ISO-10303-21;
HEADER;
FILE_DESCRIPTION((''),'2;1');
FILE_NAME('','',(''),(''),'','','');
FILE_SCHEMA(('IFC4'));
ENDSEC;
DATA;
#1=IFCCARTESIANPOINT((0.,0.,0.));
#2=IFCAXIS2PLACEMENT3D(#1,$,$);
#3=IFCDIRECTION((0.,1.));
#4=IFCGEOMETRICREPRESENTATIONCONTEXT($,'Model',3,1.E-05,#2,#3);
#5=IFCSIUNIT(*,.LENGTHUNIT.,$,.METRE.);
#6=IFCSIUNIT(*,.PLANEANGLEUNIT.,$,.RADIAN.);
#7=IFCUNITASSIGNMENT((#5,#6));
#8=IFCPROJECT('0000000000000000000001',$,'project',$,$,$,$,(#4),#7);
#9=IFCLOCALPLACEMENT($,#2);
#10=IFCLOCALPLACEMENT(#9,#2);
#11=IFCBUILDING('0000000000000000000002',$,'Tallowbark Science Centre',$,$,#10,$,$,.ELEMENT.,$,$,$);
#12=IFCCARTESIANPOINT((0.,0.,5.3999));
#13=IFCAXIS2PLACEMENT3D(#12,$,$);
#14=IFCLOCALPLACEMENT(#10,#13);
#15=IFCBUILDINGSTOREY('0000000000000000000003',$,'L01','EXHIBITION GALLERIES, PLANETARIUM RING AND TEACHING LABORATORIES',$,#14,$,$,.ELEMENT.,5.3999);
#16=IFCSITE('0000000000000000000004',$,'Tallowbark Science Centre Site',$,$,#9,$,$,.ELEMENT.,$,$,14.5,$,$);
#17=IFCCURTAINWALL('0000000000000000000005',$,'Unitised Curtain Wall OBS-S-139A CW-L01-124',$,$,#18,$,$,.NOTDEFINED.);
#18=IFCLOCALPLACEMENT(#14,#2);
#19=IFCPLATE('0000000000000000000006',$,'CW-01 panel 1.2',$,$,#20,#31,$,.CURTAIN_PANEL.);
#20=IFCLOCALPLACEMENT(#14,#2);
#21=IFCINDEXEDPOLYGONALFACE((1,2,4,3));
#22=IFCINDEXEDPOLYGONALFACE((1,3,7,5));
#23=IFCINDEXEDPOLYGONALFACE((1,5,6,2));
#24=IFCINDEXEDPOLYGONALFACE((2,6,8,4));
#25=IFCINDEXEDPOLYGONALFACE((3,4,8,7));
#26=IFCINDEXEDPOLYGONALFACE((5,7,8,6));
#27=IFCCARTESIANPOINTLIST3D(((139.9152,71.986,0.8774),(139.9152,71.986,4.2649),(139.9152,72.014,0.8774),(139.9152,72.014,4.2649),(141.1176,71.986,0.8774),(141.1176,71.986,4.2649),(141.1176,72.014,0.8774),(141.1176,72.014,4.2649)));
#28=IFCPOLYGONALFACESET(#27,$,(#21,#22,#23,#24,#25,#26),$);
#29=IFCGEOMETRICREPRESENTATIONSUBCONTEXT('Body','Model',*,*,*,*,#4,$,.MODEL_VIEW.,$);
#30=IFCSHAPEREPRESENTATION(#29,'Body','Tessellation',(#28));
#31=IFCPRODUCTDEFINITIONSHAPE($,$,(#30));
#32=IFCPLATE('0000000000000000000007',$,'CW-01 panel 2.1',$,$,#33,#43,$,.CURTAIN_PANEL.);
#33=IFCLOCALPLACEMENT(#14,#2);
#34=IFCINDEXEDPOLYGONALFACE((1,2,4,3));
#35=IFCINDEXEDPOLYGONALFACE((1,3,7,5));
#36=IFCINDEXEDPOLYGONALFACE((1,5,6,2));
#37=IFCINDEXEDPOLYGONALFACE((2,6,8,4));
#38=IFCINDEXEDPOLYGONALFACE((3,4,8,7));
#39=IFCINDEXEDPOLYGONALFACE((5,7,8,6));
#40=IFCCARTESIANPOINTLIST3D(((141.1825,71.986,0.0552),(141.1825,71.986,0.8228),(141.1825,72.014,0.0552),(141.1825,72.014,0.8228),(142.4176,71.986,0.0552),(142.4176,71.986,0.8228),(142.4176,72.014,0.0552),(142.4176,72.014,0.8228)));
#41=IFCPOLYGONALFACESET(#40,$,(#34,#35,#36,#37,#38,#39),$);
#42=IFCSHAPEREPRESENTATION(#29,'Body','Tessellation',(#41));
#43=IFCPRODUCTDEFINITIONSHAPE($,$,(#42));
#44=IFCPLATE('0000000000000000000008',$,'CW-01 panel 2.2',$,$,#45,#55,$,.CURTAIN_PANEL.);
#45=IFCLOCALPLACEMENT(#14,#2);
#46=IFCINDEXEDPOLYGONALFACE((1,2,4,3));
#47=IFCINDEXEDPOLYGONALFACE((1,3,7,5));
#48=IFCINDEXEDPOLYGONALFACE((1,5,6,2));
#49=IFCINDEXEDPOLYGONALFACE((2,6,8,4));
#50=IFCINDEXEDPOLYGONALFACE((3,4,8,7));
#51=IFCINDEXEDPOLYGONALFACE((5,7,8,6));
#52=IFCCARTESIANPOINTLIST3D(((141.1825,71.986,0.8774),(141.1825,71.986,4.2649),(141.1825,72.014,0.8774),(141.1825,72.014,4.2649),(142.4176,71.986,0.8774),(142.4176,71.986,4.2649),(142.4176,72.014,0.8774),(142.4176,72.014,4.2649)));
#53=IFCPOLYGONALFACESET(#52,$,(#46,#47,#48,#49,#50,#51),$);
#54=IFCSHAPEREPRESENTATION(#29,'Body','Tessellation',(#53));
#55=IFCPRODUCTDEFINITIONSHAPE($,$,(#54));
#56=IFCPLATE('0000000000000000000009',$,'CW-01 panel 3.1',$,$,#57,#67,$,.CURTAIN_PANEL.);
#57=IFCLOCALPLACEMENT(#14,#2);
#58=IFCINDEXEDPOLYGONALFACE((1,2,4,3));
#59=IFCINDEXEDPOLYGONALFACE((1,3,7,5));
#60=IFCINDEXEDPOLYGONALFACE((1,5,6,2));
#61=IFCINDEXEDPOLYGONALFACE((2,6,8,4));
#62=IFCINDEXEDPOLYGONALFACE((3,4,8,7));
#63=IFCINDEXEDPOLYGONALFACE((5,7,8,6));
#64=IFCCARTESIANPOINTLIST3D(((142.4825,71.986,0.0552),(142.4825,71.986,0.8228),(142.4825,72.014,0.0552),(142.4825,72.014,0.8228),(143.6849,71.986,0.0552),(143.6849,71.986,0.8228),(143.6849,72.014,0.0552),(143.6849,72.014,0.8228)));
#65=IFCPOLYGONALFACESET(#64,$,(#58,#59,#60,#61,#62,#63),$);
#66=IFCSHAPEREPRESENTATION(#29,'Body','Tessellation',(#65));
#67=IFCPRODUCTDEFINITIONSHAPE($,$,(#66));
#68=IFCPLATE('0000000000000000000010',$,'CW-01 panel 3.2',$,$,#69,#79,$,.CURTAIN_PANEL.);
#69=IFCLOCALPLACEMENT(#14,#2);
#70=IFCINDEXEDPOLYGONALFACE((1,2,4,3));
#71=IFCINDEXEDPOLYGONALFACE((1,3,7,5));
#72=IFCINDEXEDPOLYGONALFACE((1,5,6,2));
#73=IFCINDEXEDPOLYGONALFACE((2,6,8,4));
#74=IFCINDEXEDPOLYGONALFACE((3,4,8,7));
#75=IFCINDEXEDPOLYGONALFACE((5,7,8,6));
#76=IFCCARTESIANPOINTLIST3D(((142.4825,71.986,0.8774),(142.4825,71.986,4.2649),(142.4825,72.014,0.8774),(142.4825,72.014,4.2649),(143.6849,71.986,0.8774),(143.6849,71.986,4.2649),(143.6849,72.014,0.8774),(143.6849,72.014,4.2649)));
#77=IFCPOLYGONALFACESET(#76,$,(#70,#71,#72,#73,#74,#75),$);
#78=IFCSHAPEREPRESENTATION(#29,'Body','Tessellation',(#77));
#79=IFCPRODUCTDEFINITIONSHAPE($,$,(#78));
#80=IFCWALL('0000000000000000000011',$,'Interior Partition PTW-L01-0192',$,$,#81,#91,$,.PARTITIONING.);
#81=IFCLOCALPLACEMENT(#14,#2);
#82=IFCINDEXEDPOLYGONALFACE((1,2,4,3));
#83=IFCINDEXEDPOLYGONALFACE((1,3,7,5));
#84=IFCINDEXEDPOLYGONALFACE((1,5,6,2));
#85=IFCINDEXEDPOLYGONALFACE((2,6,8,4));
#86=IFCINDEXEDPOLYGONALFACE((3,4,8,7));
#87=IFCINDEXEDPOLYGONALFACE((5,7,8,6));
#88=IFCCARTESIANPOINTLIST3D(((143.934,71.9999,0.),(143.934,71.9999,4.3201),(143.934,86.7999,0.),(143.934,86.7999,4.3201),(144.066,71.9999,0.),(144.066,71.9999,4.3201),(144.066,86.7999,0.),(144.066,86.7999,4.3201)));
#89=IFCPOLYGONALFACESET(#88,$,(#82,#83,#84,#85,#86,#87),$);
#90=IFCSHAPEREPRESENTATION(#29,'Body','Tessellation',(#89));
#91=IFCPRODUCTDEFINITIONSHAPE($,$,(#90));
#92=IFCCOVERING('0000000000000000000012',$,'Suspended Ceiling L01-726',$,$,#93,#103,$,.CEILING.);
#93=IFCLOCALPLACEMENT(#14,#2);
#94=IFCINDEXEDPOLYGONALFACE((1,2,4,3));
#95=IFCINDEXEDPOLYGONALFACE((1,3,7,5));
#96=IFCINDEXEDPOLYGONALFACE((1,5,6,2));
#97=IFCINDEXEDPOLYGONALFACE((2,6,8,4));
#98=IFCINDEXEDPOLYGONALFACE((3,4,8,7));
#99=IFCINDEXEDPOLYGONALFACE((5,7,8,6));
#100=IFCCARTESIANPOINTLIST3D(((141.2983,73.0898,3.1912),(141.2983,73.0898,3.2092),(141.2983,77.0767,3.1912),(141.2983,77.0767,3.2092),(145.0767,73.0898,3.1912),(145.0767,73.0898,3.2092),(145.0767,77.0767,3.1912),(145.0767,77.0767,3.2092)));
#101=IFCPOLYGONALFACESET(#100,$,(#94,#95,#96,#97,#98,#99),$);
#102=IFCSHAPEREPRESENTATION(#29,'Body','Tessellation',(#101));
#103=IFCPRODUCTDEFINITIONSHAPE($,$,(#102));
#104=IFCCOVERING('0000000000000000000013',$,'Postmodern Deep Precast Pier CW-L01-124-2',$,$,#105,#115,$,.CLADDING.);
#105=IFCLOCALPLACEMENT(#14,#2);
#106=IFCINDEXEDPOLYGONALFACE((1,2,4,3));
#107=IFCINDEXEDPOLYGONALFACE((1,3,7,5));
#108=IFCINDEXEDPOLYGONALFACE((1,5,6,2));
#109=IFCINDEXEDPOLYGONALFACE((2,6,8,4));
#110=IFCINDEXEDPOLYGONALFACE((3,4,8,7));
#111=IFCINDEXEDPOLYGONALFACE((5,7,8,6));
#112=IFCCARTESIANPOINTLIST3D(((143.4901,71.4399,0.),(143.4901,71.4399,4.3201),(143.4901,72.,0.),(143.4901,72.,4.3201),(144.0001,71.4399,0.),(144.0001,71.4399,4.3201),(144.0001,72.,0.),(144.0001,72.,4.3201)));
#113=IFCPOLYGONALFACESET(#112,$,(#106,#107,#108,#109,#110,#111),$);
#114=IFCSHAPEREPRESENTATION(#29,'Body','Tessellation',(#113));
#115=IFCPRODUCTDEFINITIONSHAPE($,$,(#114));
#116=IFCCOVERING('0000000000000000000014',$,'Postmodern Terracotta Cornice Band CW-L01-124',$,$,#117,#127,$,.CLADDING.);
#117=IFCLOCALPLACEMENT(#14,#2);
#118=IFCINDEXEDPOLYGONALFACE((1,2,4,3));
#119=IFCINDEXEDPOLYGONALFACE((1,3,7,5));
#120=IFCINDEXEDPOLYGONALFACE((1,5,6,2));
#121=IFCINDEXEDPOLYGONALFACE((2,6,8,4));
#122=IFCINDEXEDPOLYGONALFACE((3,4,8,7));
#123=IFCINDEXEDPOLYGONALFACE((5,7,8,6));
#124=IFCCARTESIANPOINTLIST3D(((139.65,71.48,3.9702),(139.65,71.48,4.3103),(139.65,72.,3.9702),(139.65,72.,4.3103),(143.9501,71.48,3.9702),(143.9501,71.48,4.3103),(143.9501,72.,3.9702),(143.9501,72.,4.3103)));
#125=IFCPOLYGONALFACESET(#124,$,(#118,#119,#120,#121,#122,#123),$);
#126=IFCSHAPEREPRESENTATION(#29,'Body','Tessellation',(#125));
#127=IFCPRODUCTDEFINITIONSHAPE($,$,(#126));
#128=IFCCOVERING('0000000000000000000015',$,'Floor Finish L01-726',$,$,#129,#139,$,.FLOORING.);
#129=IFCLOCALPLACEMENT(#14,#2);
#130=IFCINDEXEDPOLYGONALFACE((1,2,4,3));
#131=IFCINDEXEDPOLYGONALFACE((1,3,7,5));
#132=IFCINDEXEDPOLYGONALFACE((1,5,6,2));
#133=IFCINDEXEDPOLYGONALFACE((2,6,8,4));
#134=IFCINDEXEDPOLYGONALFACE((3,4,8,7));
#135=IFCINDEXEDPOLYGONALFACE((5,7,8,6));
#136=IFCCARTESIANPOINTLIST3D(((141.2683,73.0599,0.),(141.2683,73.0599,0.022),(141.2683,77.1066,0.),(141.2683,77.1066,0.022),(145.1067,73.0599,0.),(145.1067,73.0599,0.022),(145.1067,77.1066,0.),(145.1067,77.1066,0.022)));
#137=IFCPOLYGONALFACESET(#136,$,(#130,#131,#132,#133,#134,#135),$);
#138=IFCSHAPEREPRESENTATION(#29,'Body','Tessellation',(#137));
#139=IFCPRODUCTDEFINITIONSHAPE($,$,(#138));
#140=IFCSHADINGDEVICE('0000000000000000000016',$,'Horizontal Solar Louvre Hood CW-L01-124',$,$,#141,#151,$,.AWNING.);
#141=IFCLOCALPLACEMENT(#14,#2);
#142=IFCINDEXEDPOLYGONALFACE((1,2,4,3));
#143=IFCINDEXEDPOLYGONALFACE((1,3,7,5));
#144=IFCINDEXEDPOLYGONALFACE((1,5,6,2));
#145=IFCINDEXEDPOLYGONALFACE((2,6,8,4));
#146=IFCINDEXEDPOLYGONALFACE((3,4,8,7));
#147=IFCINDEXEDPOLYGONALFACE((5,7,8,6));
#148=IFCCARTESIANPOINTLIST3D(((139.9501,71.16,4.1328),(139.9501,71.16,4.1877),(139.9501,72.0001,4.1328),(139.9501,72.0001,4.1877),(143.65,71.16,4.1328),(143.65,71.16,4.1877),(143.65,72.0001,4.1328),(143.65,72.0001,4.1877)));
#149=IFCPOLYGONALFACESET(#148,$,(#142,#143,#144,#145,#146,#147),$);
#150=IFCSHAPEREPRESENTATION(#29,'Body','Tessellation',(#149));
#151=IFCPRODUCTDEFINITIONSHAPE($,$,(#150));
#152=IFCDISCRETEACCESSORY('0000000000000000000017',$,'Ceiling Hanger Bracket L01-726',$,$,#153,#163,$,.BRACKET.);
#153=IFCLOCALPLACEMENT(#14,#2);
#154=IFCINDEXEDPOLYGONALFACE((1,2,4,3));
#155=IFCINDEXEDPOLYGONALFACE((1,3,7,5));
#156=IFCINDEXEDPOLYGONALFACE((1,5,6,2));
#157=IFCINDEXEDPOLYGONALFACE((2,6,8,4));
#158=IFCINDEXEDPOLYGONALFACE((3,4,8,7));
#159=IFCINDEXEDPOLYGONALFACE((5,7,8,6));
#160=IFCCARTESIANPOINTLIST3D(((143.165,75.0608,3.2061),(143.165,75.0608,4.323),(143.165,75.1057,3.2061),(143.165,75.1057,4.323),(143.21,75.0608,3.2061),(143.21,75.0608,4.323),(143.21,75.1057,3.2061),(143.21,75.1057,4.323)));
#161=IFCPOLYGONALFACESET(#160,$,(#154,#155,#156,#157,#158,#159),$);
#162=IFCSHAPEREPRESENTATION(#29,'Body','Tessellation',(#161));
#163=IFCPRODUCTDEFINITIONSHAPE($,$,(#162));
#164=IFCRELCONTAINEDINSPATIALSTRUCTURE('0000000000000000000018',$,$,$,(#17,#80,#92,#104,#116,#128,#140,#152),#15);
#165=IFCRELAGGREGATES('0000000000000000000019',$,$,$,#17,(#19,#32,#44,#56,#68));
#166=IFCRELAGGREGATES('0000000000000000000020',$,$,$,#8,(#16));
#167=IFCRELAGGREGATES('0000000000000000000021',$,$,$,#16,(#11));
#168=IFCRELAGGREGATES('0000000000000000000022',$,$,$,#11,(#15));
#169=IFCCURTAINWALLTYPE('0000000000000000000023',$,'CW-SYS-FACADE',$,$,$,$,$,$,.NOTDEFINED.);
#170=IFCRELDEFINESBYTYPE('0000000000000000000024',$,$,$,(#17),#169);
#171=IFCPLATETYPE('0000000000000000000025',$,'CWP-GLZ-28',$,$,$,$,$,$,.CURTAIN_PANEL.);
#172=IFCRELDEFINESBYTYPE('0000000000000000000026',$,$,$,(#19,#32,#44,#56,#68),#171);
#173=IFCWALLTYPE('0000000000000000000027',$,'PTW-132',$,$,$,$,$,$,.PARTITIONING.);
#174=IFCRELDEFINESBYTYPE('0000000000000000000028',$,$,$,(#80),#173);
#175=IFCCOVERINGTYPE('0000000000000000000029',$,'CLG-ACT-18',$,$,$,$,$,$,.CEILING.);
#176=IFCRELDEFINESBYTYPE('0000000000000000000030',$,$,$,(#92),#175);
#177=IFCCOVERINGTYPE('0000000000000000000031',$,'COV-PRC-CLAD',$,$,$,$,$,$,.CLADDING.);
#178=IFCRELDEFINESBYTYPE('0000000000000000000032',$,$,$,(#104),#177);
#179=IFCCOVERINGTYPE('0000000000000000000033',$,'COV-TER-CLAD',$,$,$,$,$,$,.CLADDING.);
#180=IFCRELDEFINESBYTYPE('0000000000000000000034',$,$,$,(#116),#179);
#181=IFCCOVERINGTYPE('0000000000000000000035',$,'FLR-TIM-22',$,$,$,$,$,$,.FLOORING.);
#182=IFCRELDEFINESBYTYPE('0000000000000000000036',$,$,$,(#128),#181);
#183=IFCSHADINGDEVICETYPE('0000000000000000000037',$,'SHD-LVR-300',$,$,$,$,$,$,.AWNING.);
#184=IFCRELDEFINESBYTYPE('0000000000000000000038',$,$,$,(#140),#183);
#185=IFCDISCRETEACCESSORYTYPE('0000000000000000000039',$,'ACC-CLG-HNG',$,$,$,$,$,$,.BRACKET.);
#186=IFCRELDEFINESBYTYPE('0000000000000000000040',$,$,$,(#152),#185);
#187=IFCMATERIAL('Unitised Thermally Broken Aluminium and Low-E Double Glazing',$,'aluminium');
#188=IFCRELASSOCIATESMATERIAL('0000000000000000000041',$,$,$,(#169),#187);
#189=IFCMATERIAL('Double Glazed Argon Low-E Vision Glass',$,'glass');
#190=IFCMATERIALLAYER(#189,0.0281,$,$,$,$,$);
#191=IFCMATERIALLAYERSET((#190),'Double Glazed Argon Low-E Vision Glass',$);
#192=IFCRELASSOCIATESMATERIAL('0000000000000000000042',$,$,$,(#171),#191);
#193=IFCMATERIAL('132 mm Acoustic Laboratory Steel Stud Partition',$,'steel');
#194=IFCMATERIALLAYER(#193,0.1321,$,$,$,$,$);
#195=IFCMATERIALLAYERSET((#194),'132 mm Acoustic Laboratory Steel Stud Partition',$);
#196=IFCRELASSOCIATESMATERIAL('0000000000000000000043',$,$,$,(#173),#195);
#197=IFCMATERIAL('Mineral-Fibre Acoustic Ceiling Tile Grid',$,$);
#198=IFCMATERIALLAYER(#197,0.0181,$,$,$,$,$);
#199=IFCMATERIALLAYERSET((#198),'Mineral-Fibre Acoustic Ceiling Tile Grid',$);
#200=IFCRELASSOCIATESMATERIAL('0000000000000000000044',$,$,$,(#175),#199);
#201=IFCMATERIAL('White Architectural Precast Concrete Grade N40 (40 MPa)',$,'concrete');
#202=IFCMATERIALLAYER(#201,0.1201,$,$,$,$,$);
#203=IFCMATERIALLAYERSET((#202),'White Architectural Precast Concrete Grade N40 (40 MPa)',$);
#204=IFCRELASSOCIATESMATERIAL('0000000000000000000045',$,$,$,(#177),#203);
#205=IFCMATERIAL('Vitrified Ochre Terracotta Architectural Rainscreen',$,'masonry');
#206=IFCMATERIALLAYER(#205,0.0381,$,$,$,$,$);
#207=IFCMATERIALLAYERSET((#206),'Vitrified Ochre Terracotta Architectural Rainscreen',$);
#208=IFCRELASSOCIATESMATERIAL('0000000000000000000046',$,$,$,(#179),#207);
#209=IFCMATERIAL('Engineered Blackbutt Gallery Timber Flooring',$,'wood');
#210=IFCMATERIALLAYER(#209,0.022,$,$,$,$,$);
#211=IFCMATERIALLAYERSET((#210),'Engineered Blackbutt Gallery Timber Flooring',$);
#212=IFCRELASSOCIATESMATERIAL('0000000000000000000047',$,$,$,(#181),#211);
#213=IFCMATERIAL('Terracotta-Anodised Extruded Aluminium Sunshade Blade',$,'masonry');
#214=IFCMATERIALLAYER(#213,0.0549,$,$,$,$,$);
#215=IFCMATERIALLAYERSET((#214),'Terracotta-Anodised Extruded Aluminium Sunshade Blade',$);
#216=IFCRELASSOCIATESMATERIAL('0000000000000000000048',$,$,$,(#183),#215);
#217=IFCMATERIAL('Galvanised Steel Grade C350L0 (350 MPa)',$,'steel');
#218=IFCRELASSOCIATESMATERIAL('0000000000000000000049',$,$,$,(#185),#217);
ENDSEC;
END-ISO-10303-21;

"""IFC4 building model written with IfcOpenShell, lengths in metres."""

from ifc_helpers import new_model, si_unit, direction, frame, frame_2d, origin, origin_2d, place, context, subcontext, project, spatial, rectangle, extrude, material, layer, layer_set, type_object, element, aggregate, save


model = new_model("IFC4")

# Units and contexts
model_context = context("Model", 3, precision=1e-05, world=origin(), true_north=direction((0.0, 1.0)))
body_context = subcontext(model_context, "Body", "Model", "MODEL_VIEW")
ifc_project = project(units=[si_unit("LENGTHUNIT", "METRE"), si_unit("PLANEANGLEUNIT", "RADIAN")], contexts=[model_context])

# Site, building, storey
site_placement = place(None, origin())
site = spatial("IfcSite", under=ifc_project, at=site_placement, Name="Tallowbark Science Centre Site", CompositionType="ELEMENT", RefElevation=14.5)
building_placement = place(site_placement, origin())
building = spatial("IfcBuilding", under=site, at=building_placement, Name="Tallowbark Science Centre", CompositionType="ELEMENT")
storey_placement = place(building_placement, frame((0.0, 0.0, 5.3999)))
storey = spatial("IfcBuildingStorey", under=building, at=storey_placement, Name="L01", Description="EXHIBITION GALLERIES, PLANETARIUM RING AND TEACHING LABORATORIES", CompositionType="ELEMENT", Elevation=5.3999)

# Curtain wall, plates
ifc_material_1 = material(Name="Unitised Thermally Broken Aluminium and Low-E Double Glazing", Category="aluminium")
curtain_wall_type = type_object("IfcCurtainWallType", Name="CW-SYS-FACADE", PredefinedType="NOTDEFINED", material=ifc_material_1)
curtain_wall_placement = place(storey_placement, origin())
curtain_wall = element("IfcCurtainWall", 1, at=curtain_wall_placement, inside=storey, type_object=curtain_wall_type, Name="Unitised Curtain Wall OBS-S-139A CW-L01-124", PredefinedType="NOTDEFINED")
ifc_material_2 = material(Name="Double Glazed Argon Low-E Vision Glass", Category="glass")
ifc_layer_1 = layer(ifc_material_2, 0.0281)
ifc_layer_set_1 = layer_set([ifc_layer_1], Name="Double Glazed Argon Low-E Vision Glass")
plate_type = type_object("IfcPlateType", Name="CWP-GLZ-28", PredefinedType="CURTAIN_PANEL", material=ifc_layer_set_1)
plate_1_placement = place(storey_placement, frame((140.5164, 72.0, 0.8774), z_axis=(0.0, 0.0, 1.0), x_axis=(1.0, 0.0, 0.0)))
plate_1 = element("IfcPlate", 2, at=plate_1_placement, type_object=plate_type, Name="CW-01 panel 1.2", PredefinedType="CURTAIN_PANEL", context=body_context, shape_type="SweptSolid", body=[
    extrude(rectangle(XDim=1.2024, YDim=0.0281, at=origin_2d()), origin(), (0.0, 0.0, 1.0), 3.3875),
])
plate_2_placement = place(storey_placement, frame((141.8, 72.0, 0.0552), z_axis=(0.0, 0.0, 1.0), x_axis=(1.0, 0.0, 0.0)))
plate_2 = element("IfcPlate", 3, at=plate_2_placement, type_object=plate_type, Name="CW-01 panel 2.1", PredefinedType="CURTAIN_PANEL", context=body_context, shape_type="SweptSolid", body=[
    extrude(rectangle(XDim=1.2351, YDim=0.0281, at=origin_2d()), origin(), (0.0, 0.0, 1.0), 0.7676),
])
plate_3_placement = place(storey_placement, frame((141.8, 72.0, 0.8774), z_axis=(0.0, 0.0, 1.0), x_axis=(1.0, 0.0, 0.0)))
plate_3 = element("IfcPlate", 4, at=plate_3_placement, type_object=plate_type, Name="CW-01 panel 2.2", PredefinedType="CURTAIN_PANEL", context=body_context, shape_type="SweptSolid", body=[
    extrude(rectangle(XDim=1.2351, YDim=0.0281, at=origin_2d()), origin(), (0.0, 0.0, 1.0), 3.3875),
])
plate_4_placement = place(storey_placement, frame((143.0837, 72.0, 0.0552), z_axis=(0.0, 0.0, 1.0), x_axis=(1.0, 0.0, 0.0)))
plate_4 = element("IfcPlate", 5, at=plate_4_placement, type_object=plate_type, Name="CW-01 panel 3.1", PredefinedType="CURTAIN_PANEL", context=body_context, shape_type="SweptSolid", body=[
    extrude(rectangle(XDim=1.2024, YDim=0.0281, at=origin_2d()), origin(), (0.0, 0.0, 1.0), 0.7676),
])
plate_5_placement = place(storey_placement, frame((143.0837, 72.0, 0.8774), z_axis=(0.0, 0.0, 1.0), x_axis=(1.0, 0.0, 0.0)))
plate_5 = element("IfcPlate", 6, at=plate_5_placement, type_object=plate_type, Name="CW-01 panel 3.2", PredefinedType="CURTAIN_PANEL", context=body_context, shape_type="SweptSolid", body=[
    extrude(rectangle(XDim=1.2024, YDim=0.0281, at=origin_2d()), origin(), (0.0, 0.0, 1.0), 3.3875),
])
aggregate(curtain_wall, [plate_1, plate_2, plate_3, plate_4, plate_5])

# Wall
ifc_material_3 = material(Name="132 mm Acoustic Laboratory Steel Stud Partition", Category="steel")
ifc_layer_2 = layer(ifc_material_3, 0.1321)
ifc_layer_set_2 = layer_set([ifc_layer_2], Name="132 mm Acoustic Laboratory Steel Stud Partition")
wall_type = type_object("IfcWallType", Name="PTW-132", PredefinedType="PARTITIONING", material=ifc_layer_set_2)
wall_placement = place(storey_placement, frame((144.0, 72.0, 0.0), z_axis=(0.0, 0.0, 1.0), x_axis=(0.0, 1.0, 0.0)))
element("IfcWall", 7, at=wall_placement, inside=storey, type_object=wall_type, Name="Interior Partition PTW-L01-0192", PredefinedType="PARTITIONING", context=body_context, shape_type="SweptSolid", body=[
    extrude(rectangle(XDim=14.8, YDim=0.1321, at=frame_2d((7.3999, 0.0))), origin(), (0.0, 0.0, 1.0), 4.3201),
])

# Coverings
ifc_material_4 = material(Name="Mineral-Fibre Acoustic Ceiling Tile Grid")
ifc_layer_3 = layer(ifc_material_4, 0.0181)
ifc_layer_set_3 = layer_set([ifc_layer_3], Name="Mineral-Fibre Acoustic Ceiling Tile Grid")
covering_type_1 = type_object("IfcCoveringType", Name="CLG-ACT-18", PredefinedType="CEILING", material=ifc_layer_set_3)
covering_1_placement = place(storey_placement, frame((143.1875, 75.0833, 3.1912), z_axis=(0.0, 0.0, 1.0), x_axis=(1.0, 0.0, 0.0)))
element("IfcCovering", 8, at=covering_1_placement, inside=storey, type_object=covering_type_1, Name="Suspended Ceiling L01-726", PredefinedType="CEILING", context=body_context, shape_type="SweptSolid", body=[
    extrude(rectangle(XDim=3.7783, YDim=3.9868, at=origin_2d()), origin(), (0.0, 0.0, 1.0), 0.0181),
])
ifc_material_5 = material(Name="White Architectural Precast Concrete Grade N40 (40 MPa)", Category="concrete")
ifc_layer_4 = layer(ifc_material_5, 0.1201)
ifc_layer_set_4 = layer_set([ifc_layer_4], Name="White Architectural Precast Concrete Grade N40 (40 MPa)")
covering_type_2 = type_object("IfcCoveringType", Name="COV-PRC-CLAD", PredefinedType="CLADDING", material=ifc_layer_set_4)
covering_2_placement = place(storey_placement, frame((143.7451, 71.72, 0.0), z_axis=(0.0, 0.0, 1.0), x_axis=(1.0, 0.0, 0.0)))
element("IfcCovering", 9, at=covering_2_placement, inside=storey, type_object=covering_type_2, Name="Postmodern Deep Precast Pier CW-L01-124-2", PredefinedType="CLADDING", context=body_context, shape_type="SweptSolid", body=[
    extrude(rectangle(XDim=0.51, YDim=0.5601, at=origin_2d()), origin(), (0.0, 0.0, 1.0), 4.3201),
])
ifc_material_6 = material(Name="Vitrified Ochre Terracotta Architectural Rainscreen", Category="masonry")
ifc_layer_5 = layer(ifc_material_6, 0.0381)
ifc_layer_set_5 = layer_set([ifc_layer_5], Name="Vitrified Ochre Terracotta Architectural Rainscreen")
covering_type_3 = type_object("IfcCoveringType", Name="COV-TER-CLAD", PredefinedType="CLADDING", material=ifc_layer_set_5)
covering_3_placement = place(storey_placement, frame((141.8, 71.74, 3.9702), z_axis=(0.0, 0.0, 1.0), x_axis=(1.0, 0.0, 0.0)))
element("IfcCovering", 10, at=covering_3_placement, inside=storey, type_object=covering_type_3, Name="Postmodern Terracotta Cornice Band CW-L01-124", PredefinedType="CLADDING", context=body_context, shape_type="SweptSolid", body=[
    extrude(rectangle(XDim=4.3, YDim=0.52, at=origin_2d()), origin(), (0.0, 0.0, 1.0), 0.3401),
])
ifc_material_7 = material(Name="Engineered Blackbutt Gallery Timber Flooring", Category="wood")
ifc_layer_6 = layer(ifc_material_7, 0.022)
ifc_layer_set_6 = layer_set([ifc_layer_6], Name="Engineered Blackbutt Gallery Timber Flooring")
covering_type_4 = type_object("IfcCoveringType", Name="FLR-TIM-22", PredefinedType="FLOORING", material=ifc_layer_set_6)
covering_4_placement = place(storey_placement, frame((143.1875, 75.0833, 0.0), z_axis=(0.0, 0.0, 1.0), x_axis=(1.0, 0.0, 0.0)))
element("IfcCovering", 11, at=covering_4_placement, inside=storey, type_object=covering_type_4, Name="Floor Finish L01-726", PredefinedType="FLOORING", context=body_context, shape_type="SweptSolid", body=[
    extrude(rectangle(XDim=3.8384, YDim=4.0466, at=origin_2d()), origin(), (0.0, 0.0, 1.0), 0.022),
])

# Shading device
ifc_material_8 = material(Name="Terracotta-Anodised Extruded Aluminium Sunshade Blade", Category="masonry")
ifc_layer_7 = layer(ifc_material_8, 0.0549)
ifc_layer_set_7 = layer_set([ifc_layer_7], Name="Terracotta-Anodised Extruded Aluminium Sunshade Blade")
shading_device_type = type_object("IfcShadingDeviceType", Name="SHD-LVR-300", PredefinedType="AWNING", material=ifc_layer_set_7)
shading_device_placement = place(storey_placement, frame((141.8, 71.5801, 4.1328), z_axis=(0.0, 0.0, 1.0), x_axis=(1.0, 0.0, 0.0)))
element("IfcShadingDevice", 12, at=shading_device_placement, inside=storey, type_object=shading_device_type, Name="Horizontal Solar Louvre Hood CW-L01-124", PredefinedType="AWNING", context=body_context, shape_type="SweptSolid", body=[
    extrude(rectangle(XDim=3.7, YDim=0.8401, at=origin_2d()), origin(), (0.0, 0.0, 1.0), 0.0549),
])

# Discrete accessory
ifc_material_9 = material(Name="Galvanised Steel Grade C350L0 (350 MPa)", Category="steel")
discrete_accessory_type = type_object("IfcDiscreteAccessoryType", Name="ACC-CLG-HNG", PredefinedType="BRACKET", material=ifc_material_9)
discrete_accessory_placement = place(storey_placement, frame((143.1875, 75.0833, 3.2061), z_axis=(0.0, 0.0, 1.0), x_axis=(1.0, 0.0, 0.0)))
element("IfcDiscreteAccessory", 13, at=discrete_accessory_placement, inside=storey, type_object=discrete_accessory_type, Name="Ceiling Hanger Bracket L01-726", PredefinedType="BRACKET", context=body_context, shape_type="SweptSolid", body=[
    extrude(rectangle(XDim=0.0449, YDim=0.0449, at=origin_2d()), origin(), (0.0, 0.0, 1.0), 1.1169),
])

save(model, "model.ifc")
